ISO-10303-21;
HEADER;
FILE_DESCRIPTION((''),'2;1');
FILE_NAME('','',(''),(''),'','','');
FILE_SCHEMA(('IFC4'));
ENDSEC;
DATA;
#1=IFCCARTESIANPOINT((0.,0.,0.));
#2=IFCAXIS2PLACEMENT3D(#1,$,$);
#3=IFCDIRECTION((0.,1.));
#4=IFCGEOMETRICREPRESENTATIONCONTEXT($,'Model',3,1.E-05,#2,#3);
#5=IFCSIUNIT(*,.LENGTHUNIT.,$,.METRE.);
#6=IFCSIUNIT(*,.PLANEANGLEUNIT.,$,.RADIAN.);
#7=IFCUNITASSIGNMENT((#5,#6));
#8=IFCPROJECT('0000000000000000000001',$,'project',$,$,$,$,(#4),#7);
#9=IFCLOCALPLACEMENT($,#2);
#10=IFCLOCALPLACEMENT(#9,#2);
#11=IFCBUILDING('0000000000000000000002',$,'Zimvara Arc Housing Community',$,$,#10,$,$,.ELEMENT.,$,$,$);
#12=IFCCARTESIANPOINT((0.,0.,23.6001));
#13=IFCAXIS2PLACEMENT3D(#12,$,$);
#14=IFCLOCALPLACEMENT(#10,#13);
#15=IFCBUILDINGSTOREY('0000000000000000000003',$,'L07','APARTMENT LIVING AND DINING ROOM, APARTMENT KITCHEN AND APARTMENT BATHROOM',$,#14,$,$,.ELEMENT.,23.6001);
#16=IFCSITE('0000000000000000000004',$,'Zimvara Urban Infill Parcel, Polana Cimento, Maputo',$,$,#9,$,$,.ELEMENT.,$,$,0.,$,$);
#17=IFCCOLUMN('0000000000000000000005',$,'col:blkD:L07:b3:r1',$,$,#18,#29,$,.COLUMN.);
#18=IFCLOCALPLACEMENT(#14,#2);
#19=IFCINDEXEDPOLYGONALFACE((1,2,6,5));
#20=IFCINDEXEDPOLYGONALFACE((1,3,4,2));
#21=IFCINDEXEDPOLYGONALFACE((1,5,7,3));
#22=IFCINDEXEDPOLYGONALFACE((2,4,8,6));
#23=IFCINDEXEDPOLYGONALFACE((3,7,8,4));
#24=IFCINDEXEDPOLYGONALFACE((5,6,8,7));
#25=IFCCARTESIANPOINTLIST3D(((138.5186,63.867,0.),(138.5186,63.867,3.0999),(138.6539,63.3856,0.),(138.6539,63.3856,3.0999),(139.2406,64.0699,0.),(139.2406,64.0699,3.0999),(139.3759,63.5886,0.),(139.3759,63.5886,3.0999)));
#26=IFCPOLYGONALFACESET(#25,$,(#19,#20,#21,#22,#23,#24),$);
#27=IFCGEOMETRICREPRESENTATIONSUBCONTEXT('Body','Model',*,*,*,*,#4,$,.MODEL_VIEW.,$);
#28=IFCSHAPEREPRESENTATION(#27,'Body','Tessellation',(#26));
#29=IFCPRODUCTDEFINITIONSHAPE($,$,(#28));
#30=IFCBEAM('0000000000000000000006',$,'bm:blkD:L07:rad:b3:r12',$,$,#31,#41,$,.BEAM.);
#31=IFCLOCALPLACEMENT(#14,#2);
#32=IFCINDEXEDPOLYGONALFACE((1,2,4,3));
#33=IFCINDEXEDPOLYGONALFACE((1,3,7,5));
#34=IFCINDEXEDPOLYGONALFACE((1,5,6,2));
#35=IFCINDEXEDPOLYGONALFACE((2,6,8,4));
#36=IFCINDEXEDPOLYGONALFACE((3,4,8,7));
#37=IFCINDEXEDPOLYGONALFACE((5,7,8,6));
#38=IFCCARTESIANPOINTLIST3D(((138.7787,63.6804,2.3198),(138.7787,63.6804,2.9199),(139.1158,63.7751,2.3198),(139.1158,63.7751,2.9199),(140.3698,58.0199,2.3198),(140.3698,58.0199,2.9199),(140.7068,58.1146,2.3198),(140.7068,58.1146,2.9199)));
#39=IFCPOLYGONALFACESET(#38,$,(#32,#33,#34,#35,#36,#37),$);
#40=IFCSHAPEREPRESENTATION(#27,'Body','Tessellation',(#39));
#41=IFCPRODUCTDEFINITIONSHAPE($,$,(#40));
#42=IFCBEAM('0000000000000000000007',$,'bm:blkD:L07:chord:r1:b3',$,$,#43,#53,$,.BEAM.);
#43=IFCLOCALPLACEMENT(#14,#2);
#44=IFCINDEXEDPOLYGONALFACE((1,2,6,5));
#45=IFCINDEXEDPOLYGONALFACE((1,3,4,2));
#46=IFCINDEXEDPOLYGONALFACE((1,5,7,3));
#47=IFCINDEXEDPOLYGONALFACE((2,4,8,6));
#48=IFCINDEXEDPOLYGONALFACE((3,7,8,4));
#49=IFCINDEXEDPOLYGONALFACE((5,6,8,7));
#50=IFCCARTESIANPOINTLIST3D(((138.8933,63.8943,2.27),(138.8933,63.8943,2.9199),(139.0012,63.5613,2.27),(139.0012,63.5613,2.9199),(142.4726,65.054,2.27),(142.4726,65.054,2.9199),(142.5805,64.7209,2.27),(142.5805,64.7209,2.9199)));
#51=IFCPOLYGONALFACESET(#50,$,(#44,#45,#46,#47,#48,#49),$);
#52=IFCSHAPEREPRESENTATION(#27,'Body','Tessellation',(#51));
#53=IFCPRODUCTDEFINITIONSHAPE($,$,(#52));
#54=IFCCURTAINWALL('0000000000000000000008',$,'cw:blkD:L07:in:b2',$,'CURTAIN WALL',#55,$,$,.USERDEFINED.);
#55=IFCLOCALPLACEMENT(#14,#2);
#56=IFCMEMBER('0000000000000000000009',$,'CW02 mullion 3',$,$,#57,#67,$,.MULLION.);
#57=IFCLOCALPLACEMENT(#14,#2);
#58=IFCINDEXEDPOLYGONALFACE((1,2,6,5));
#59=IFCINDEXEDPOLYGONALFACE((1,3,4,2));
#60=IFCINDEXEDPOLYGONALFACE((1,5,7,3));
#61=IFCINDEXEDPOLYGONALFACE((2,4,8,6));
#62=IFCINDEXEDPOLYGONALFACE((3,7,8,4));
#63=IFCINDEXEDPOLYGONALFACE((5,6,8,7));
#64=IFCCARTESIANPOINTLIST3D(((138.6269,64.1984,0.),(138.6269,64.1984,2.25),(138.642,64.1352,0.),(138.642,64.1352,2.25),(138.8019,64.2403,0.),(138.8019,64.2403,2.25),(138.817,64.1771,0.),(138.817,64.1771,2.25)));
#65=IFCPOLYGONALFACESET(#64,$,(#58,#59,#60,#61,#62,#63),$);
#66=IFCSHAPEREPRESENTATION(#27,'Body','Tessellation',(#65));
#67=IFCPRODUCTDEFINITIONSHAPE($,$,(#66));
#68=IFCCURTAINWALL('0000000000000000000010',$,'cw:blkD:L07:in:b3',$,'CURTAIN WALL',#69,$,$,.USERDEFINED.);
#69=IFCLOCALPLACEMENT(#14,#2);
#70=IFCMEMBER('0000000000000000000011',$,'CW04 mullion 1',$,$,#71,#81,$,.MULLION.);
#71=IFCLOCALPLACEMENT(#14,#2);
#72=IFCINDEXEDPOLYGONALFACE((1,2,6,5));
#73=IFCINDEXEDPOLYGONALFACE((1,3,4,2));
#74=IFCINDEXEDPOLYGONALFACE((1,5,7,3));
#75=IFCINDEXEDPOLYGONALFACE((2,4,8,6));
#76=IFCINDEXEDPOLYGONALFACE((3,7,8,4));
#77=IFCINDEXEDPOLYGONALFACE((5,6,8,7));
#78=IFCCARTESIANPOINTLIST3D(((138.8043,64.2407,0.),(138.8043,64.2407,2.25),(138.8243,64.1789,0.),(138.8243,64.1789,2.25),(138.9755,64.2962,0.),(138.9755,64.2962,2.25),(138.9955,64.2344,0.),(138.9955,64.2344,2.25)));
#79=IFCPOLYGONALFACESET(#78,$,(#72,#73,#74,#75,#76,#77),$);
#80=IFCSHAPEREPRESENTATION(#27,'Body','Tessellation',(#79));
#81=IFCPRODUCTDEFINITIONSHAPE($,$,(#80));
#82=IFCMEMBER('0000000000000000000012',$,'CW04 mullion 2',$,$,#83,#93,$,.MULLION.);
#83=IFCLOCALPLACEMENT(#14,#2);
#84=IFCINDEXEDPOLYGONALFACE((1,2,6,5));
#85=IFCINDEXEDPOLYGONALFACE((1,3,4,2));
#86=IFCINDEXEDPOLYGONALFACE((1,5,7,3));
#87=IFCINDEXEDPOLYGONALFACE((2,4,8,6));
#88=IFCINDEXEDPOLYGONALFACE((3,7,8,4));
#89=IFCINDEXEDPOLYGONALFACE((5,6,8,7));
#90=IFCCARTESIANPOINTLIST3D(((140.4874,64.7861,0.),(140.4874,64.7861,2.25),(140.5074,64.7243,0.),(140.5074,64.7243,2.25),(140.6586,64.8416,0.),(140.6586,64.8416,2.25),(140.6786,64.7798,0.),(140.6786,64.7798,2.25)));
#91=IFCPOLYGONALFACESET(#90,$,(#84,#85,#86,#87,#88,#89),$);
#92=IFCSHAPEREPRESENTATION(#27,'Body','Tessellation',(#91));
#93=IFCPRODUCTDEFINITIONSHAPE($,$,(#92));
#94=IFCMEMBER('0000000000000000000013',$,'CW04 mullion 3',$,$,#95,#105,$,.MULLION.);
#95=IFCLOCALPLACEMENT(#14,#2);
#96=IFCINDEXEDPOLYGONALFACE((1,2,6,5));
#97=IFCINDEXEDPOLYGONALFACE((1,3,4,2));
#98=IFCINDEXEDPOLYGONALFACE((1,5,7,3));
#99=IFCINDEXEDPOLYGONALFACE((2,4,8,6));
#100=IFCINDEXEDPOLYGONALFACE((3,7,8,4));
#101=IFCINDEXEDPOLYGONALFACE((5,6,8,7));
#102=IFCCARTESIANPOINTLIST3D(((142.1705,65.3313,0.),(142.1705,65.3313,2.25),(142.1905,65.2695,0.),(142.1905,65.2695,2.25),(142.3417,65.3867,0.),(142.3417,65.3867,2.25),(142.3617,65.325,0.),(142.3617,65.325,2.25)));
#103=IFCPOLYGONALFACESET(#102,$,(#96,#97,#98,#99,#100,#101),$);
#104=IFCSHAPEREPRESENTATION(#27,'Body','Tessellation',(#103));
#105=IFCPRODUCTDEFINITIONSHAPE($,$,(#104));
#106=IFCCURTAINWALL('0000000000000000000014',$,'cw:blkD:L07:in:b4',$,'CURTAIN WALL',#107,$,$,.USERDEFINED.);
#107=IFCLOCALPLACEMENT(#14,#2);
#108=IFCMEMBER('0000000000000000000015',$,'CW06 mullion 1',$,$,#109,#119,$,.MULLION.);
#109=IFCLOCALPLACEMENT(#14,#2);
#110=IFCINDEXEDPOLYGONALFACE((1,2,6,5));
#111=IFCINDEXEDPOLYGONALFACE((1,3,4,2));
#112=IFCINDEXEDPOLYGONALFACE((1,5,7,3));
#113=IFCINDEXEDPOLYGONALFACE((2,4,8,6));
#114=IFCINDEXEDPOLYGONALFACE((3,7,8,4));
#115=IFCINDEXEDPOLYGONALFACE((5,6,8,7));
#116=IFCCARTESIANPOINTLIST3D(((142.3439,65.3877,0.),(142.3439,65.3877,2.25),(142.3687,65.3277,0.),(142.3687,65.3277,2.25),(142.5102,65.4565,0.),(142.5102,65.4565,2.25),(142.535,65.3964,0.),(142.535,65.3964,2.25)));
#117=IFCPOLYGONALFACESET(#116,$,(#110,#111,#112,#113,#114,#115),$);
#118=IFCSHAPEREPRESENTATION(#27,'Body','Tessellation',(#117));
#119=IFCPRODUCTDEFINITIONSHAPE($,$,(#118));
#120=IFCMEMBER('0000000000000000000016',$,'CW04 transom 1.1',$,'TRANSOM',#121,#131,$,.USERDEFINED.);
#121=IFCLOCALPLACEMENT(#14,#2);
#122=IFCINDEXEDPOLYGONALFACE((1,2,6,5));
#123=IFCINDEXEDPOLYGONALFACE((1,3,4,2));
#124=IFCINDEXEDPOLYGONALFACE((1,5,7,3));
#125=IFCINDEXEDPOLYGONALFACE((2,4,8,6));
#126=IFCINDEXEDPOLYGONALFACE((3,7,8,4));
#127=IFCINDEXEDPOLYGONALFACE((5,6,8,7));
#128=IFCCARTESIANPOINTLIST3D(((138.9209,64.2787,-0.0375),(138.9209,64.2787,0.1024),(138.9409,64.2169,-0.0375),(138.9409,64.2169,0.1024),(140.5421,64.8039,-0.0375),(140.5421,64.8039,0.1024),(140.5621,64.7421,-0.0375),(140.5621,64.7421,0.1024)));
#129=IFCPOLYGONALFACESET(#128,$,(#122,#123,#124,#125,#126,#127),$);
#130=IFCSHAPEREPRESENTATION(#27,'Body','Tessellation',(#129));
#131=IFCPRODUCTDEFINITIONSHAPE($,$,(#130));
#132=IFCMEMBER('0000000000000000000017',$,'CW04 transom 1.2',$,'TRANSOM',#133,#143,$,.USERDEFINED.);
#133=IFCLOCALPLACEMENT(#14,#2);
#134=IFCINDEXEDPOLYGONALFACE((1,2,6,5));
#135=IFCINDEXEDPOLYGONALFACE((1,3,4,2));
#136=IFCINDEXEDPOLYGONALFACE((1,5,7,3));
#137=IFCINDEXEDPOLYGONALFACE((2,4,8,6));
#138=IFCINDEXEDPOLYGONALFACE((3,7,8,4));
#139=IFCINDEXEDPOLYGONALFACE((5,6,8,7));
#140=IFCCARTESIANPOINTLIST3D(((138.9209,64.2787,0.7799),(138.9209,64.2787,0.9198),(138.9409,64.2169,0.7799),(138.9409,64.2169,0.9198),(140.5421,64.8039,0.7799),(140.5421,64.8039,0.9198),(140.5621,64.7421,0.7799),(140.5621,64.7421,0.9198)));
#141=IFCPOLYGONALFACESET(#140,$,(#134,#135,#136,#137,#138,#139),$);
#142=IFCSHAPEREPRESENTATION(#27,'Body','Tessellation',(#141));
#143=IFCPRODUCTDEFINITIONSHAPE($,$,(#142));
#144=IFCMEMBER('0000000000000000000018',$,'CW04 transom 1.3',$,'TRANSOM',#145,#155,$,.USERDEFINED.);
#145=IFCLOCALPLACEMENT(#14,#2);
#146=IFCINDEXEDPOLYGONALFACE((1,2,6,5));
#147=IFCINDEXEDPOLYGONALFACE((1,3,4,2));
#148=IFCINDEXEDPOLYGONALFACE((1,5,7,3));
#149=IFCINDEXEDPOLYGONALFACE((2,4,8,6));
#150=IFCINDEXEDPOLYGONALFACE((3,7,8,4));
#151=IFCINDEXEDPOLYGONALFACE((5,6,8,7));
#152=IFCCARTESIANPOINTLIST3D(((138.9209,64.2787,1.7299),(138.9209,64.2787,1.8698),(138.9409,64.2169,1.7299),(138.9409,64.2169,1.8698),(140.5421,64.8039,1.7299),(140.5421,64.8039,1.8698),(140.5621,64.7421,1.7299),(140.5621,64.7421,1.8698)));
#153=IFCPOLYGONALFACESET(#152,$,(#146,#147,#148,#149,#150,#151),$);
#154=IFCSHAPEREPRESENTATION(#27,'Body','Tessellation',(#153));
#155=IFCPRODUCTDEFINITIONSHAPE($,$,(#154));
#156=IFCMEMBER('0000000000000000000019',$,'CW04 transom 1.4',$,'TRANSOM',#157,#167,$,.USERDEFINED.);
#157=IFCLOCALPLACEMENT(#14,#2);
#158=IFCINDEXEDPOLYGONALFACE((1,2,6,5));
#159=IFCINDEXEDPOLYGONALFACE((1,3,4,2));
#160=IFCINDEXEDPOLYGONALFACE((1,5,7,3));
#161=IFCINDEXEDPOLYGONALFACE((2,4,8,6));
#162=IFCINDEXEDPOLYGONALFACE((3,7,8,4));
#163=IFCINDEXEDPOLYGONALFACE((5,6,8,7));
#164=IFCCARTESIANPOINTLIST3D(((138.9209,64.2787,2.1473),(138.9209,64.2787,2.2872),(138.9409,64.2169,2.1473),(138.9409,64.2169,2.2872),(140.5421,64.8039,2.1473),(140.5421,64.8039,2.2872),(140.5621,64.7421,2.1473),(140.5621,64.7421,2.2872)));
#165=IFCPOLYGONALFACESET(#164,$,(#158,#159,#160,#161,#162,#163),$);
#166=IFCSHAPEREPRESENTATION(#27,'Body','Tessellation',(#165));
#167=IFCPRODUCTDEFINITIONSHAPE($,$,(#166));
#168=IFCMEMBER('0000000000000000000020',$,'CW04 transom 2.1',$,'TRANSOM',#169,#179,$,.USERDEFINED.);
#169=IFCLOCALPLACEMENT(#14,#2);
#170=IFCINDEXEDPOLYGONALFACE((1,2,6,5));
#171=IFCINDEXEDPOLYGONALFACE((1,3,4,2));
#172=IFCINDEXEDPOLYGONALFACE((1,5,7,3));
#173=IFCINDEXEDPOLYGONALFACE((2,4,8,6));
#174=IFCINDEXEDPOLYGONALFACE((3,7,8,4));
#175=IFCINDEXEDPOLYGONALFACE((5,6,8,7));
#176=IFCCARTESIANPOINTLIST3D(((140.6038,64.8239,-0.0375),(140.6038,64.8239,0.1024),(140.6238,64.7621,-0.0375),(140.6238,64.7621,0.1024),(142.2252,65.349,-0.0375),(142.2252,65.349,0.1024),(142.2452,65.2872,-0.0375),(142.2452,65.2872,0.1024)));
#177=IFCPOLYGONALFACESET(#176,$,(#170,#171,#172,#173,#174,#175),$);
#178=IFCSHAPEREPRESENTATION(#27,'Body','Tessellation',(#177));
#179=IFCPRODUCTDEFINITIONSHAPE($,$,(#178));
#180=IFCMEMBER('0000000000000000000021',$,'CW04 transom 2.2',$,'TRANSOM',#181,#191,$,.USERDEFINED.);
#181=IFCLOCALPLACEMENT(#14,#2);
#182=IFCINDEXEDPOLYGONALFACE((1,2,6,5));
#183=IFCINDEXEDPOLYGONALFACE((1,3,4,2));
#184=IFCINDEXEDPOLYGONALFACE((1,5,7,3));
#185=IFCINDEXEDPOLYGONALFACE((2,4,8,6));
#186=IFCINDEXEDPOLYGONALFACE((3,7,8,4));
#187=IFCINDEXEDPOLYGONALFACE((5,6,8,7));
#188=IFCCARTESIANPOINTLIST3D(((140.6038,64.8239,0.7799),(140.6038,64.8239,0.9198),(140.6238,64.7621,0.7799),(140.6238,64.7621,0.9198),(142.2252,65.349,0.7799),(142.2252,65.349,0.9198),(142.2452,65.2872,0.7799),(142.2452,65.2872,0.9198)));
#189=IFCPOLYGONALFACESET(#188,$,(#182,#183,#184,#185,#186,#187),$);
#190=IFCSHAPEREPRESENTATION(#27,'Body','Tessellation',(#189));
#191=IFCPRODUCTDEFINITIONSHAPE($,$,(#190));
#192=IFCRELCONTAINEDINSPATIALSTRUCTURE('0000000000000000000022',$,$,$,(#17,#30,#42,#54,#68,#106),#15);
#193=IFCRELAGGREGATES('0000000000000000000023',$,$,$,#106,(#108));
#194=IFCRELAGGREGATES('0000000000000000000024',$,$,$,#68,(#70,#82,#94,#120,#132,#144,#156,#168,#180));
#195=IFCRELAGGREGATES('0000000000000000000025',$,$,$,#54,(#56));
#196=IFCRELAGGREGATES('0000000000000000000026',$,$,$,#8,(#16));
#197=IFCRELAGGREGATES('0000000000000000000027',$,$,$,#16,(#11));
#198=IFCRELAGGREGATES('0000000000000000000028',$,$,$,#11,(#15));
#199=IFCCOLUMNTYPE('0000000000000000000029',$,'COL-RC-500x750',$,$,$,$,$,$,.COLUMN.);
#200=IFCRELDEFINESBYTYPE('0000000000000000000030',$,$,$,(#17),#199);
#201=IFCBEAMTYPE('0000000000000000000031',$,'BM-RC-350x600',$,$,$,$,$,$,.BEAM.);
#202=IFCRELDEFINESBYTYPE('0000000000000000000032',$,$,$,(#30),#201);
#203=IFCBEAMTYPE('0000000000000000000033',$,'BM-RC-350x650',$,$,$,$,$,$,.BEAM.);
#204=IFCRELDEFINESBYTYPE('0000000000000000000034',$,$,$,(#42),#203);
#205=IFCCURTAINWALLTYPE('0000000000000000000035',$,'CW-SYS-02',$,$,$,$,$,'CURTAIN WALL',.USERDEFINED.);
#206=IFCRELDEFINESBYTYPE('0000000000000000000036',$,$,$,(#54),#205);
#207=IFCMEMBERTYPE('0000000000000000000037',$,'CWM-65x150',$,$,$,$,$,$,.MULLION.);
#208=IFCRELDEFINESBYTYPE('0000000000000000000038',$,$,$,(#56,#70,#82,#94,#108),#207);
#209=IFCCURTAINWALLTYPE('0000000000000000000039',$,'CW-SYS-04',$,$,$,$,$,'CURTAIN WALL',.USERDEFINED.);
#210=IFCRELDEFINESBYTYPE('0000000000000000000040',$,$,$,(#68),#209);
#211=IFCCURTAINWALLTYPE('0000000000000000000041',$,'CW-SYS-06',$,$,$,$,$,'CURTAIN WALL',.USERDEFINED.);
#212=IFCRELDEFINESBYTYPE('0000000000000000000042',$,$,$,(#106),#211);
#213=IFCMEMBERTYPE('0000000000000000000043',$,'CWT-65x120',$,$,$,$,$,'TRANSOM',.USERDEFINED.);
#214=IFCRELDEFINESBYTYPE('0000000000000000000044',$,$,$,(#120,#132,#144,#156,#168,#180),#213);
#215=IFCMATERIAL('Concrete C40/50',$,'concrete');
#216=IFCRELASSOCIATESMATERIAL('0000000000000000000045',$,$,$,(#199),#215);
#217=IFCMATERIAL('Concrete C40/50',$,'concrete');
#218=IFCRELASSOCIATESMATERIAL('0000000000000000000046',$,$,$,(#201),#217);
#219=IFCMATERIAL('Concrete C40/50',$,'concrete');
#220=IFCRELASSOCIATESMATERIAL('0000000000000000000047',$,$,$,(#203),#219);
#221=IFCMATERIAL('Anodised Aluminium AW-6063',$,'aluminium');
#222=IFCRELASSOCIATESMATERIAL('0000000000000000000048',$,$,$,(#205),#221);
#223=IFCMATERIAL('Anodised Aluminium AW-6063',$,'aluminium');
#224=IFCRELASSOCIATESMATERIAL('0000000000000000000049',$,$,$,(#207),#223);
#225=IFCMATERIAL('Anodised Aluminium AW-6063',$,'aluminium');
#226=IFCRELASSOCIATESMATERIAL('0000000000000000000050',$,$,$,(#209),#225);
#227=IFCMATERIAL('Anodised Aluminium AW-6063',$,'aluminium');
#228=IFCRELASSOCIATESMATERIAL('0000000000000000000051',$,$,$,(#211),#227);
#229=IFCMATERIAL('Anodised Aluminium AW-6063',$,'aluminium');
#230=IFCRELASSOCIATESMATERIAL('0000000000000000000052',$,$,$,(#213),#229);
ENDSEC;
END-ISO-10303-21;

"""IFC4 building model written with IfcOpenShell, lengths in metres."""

from ifc_helpers import new_model, si_unit, direction, frame, origin, origin_2d, place, context, subcontext, project, spatial, rectangle, extrude, material, material_profile, profile_set, type_object, element, aggregate, save


model = new_model("IFC4")

# Units and contexts
model_context = context("Model", 3, precision=1e-05, world=origin(), true_north=direction((0.0, 1.0)))
body_context = subcontext(model_context, "Body", "Model", "MODEL_VIEW")
ifc_project = project(units=[si_unit("LENGTHUNIT", "METRE"), si_unit("PLANEANGLEUNIT", "RADIAN")], contexts=[model_context])

# Site, building, storey
site_placement = place(None, origin())
site = spatial("IfcSite", under=ifc_project, at=site_placement, Name="Zimvara Urban Infill Parcel, Polana Cimento, Maputo", CompositionType="ELEMENT", RefElevation=0.0)
building_placement = place(site_placement, origin())
building = spatial("IfcBuilding", under=site, at=building_placement, Name="Zimvara Arc Housing Community", CompositionType="ELEMENT")
storey_placement = place(building_placement, frame((0.0, 0.0, 23.6001)))
storey = spatial("IfcBuildingStorey", under=building, at=storey_placement, Name="L07", Description="APARTMENT LIVING AND DINING ROOM, APARTMENT KITCHEN AND APARTMENT BATHROOM", CompositionType="ELEMENT", Elevation=23.6001)

# Column
ifc_material_1 = material(Name="Concrete C40/50", Category="concrete")
ifc_material_profile_1 = material_profile(ifc_material_1, rectangle(XDim=0.5, YDim=0.75, at=origin_2d()), Name="RC 500x750")
ifc_profile_set_1 = profile_set([ifc_material_profile_1], Name="Concrete C40/50")
column_type = type_object("IfcColumnType", Name="COL-RC-500x750", PredefinedType="COLUMN", material=ifc_profile_set_1)
column_placement = place(storey_placement, frame((138.9473, 63.7278, 0.0), z_axis=(0.0, 0.0, 1.0), x_axis=(0.2706, -0.962692, 0.0)))
element("IfcColumn", 1, at=column_placement, inside=storey, type_object=column_type, Name="col:blkD:L07:b3:r1", PredefinedType="COLUMN", context=body_context, shape_type="SweptSolid", body=[
    extrude(rectangle(XDim=0.5, YDim=0.75, at=origin_2d()), origin(), (0.0, 0.0, 1.0), 3.0999),
])

# Beams
ifc_material_2 = material(Name="Concrete C40/50", Category="concrete")
ifc_material_profile_2 = material_profile(ifc_material_2, rectangle(XDim=0.3501, YDim=0.6001, at=origin_2d()), Name="RC 350x600")
ifc_profile_set_2 = profile_set([ifc_material_profile_2], Name="Concrete C40/50")
beam_type_1 = type_object("IfcBeamType", Name="BM-RC-350x600", PredefinedType="BEAM", material=ifc_profile_set_2)
beam_1_placement = place(storey_placement, frame((138.9473, 63.7278, 2.6199), z_axis=(0.270589, -0.962695, 0.0), x_axis=(0.962695, 0.270589, 0.0)))
element("IfcBeam", 2, at=beam_1_placement, inside=storey, type_object=beam_type_1, Name="bm:blkD:L07:rad:b3:r12", PredefinedType="BEAM", context=body_context, shape_type="SweptSolid", body=[
    extrude(rectangle(XDim=0.3501, YDim=0.6001, at=origin_2d()), origin(), (0.0, 0.0, 1.0), 5.8799),
])
ifc_material_3 = material(Name="Concrete C40/50", Category="concrete")
ifc_material_profile_3 = material_profile(ifc_material_3, rectangle(XDim=0.3501, YDim=0.6499, at=origin_2d()), Name="RC 350x650")
ifc_profile_set_3 = profile_set([ifc_material_profile_3], Name="Concrete C40/50")
beam_type_2 = type_object("IfcBeamType", Name="BM-RC-350x650", PredefinedType="BEAM", material=ifc_profile_set_3)
beam_2_placement = place(storey_placement, frame((138.9473, 63.7278, 2.595), z_axis=(0.951316, 0.308216, 0.0), x_axis=(-0.308216, 0.951316, 0.0)))
element("IfcBeam", 3, at=beam_2_placement, inside=storey, type_object=beam_type_2, Name="bm:blkD:L07:chord:r1:b3", PredefinedType="BEAM", context=body_context, shape_type="SweptSolid", body=[
    extrude(rectangle(XDim=0.3501, YDim=0.6499, at=origin_2d()), origin(), (0.0, 0.0, 1.0), 3.7625),
])

# Curtain wall, member
ifc_material_4 = material(Name="Anodised Aluminium AW-6063", Category="aluminium")
curtain_wall_type_1 = type_object("IfcCurtainWallType", Name="CW-SYS-02", ElementType="CURTAIN WALL", PredefinedType="USERDEFINED", material=ifc_material_4)
curtain_wall_1_placement = place(storey_placement, origin())
curtain_wall_1 = element("IfcCurtainWall", 4, at=curtain_wall_1_placement, inside=storey, type_object=curtain_wall_type_1, Name="cw:blkD:L07:in:b2", ObjectType="CURTAIN WALL", PredefinedType="USERDEFINED")
ifc_material_5 = material(Name="Anodised Aluminium AW-6063", Category="aluminium")
ifc_material_profile_4 = material_profile(ifc_material_5, rectangle(XDim=0.0649, YDim=0.1799, at=origin_2d()), Name="ALU 65x180")
ifc_profile_set_4 = profile_set([ifc_material_profile_4], Name="Anodised Aluminium AW-6063")
member_type_1 = type_object("IfcMemberType", Name="CWM-65x150", PredefinedType="MULLION", material=ifc_profile_set_4)
member_1_placement = place(storey_placement, frame((138.7219, 64.1877, 0.0), z_axis=(0.0, 0.0, 1.0), x_axis=(-0.232597, 0.972573, 0.0)))
member_1 = element("IfcMember", 5, at=member_1_placement, type_object=member_type_1, Name="CW02 mullion 3", PredefinedType="MULLION", context=body_context, shape_type="SweptSolid", body=[
    extrude(rectangle(XDim=0.0649, YDim=0.1799, at=origin_2d()), origin(), (0.0, 0.0, 1.0), 2.25),
])

# Curtain wall, members
ifc_material_6 = material(Name="Anodised Aluminium AW-6063", Category="aluminium")
curtain_wall_type_2 = type_object("IfcCurtainWallType", Name="CW-SYS-04", ElementType="CURTAIN WALL", PredefinedType="USERDEFINED", material=ifc_material_6)
curtain_wall_2_placement = place(storey_placement, origin())
curtain_wall_2 = element("IfcCurtainWall", 6, at=curtain_wall_2_placement, inside=storey, type_object=curtain_wall_type_2, Name="cw:blkD:L07:in:b3", ObjectType="CURTAIN WALL", PredefinedType="USERDEFINED")
member_2_placement = place(storey_placement, frame((138.8999, 64.2375, 0.0), z_axis=(0.0, 0.0, 1.0), x_axis=(-0.308187, 0.951326, 0.0)))
member_2 = element("IfcMember", 7, at=member_2_placement, type_object=member_type_1, Name="CW04 mullion 1", PredefinedType="MULLION", context=body_context, shape_type="SweptSolid", body=[
    extrude(rectangle(XDim=0.0649, YDim=0.1799, at=origin_2d()), origin(), (0.0, 0.0, 1.0), 2.25),
])
member_3_placement = place(storey_placement, frame((140.583, 64.783, 0.0), z_axis=(0.0, 0.0, 1.0), x_axis=(-0.308187, 0.951326, 0.0)))
member_3 = element("IfcMember", 8, at=member_3_placement, type_object=member_type_1, Name="CW04 mullion 2", PredefinedType="MULLION", context=body_context, shape_type="SweptSolid", body=[
    extrude(rectangle(XDim=0.0649, YDim=0.1799, at=origin_2d()), origin(), (0.0, 0.0, 1.0), 2.25),
])
member_4_placement = place(storey_placement, frame((142.2661, 65.3281, 0.0), z_axis=(0.0, 0.0, 1.0), x_axis=(-0.308187, 0.951326, 0.0)))
member_4 = element("IfcMember", 9, at=member_4_placement, type_object=member_type_1, Name="CW04 mullion 3", PredefinedType="MULLION", context=body_context, shape_type="SweptSolid", body=[
    extrude(rectangle(XDim=0.0649, YDim=0.1799, at=origin_2d()), origin(), (0.0, 0.0, 1.0), 2.25),
])

# Curtain wall, member
ifc_material_7 = material(Name="Anodised Aluminium AW-6063", Category="aluminium")
curtain_wall_type_3 = type_object("IfcCurtainWallType", Name="CW-SYS-06", ElementType="CURTAIN WALL", PredefinedType="USERDEFINED", material=ifc_material_7)
curtain_wall_3_placement = place(storey_placement, origin())
curtain_wall_3 = element("IfcCurtainWall", 10, at=curtain_wall_3_placement, inside=storey, type_object=curtain_wall_type_3, Name="cw:blkD:L07:in:b4", ObjectType="CURTAIN WALL", PredefinedType="USERDEFINED")
member_5_placement = place(storey_placement, frame((142.4395, 65.3921, 0.0), z_axis=(0.0, 0.0, 1.0), x_axis=(-0.381878, 0.924213, 0.0)))
member_5 = element("IfcMember", 11, at=member_5_placement, type_object=member_type_1, Name="CW06 mullion 1", PredefinedType="MULLION", context=body_context, shape_type="SweptSolid", body=[
    extrude(rectangle(XDim=0.0649, YDim=0.1799, at=origin_2d()), origin(), (0.0, 0.0, 1.0), 2.25),
])
aggregate(curtain_wall_3, [member_5])

# Members
ifc_material_8 = material(Name="Anodised Aluminium AW-6063", Category="aluminium")
ifc_material_profile_5 = material_profile(ifc_material_8, rectangle(XDim=0.0649, YDim=0.1399, at=origin_2d()), Name="ALU 65x140")
ifc_profile_set_5 = profile_set([ifc_material_profile_5], Name="Anodised Aluminium AW-6063")
member_type_2 = type_object("IfcMemberType", Name="CWT-65x120", ElementType="TRANSOM", PredefinedType="USERDEFINED", material=ifc_profile_set_5)
member_6_placement = place(storey_placement, frame((138.9309, 64.2478, 0.0325), z_axis=(0.951328, 0.308179, 0.0), x_axis=(-0.308179, 0.951328, 0.0)))
member_6 = element("IfcMember", 12, at=member_6_placement, type_object=member_type_2, Name="CW04 transom 1.1", ObjectType="TRANSOM", PredefinedType="USERDEFINED", context=body_context, shape_type="SweptSolid", body=[
    extrude(rectangle(XDim=0.0649, YDim=0.1399, at=origin_2d()), origin(), (0.0, 0.0, 1.0), 1.7041),
])
member_7_placement = place(storey_placement, frame((138.9309, 64.2478, 0.8499), z_axis=(0.951328, 0.308179, 0.0), x_axis=(-0.308179, 0.951328, 0.0)))
member_7 = element("IfcMember", 13, at=member_7_placement, type_object=member_type_2, Name="CW04 transom 1.2", ObjectType="TRANSOM", PredefinedType="USERDEFINED", context=body_context, shape_type="SweptSolid", body=[
    extrude(rectangle(XDim=0.0649, YDim=0.1399, at=origin_2d()), origin(), (0.0, 0.0, 1.0), 1.7041),
])
member_8_placement = place(storey_placement, frame((138.9309, 64.2478, 1.7998), z_axis=(0.951328, 0.308179, 0.0), x_axis=(-0.308179, 0.951328, 0.0)))
member_8 = element("IfcMember", 14, at=member_8_placement, type_object=member_type_2, Name="CW04 transom 1.3", ObjectType="TRANSOM", PredefinedType="USERDEFINED", context=body_context, shape_type="SweptSolid", body=[
    extrude(rectangle(XDim=0.0649, YDim=0.1399, at=origin_2d()), origin(), (0.0, 0.0, 1.0), 1.7041),
])
member_9_placement = place(storey_placement, frame((138.9309, 64.2478, 2.2173), z_axis=(0.951328, 0.308179, 0.0), x_axis=(-0.308179, 0.951328, 0.0)))
member_9 = element("IfcMember", 15, at=member_9_placement, type_object=member_type_2, Name="CW04 transom 1.4", ObjectType="TRANSOM", PredefinedType="USERDEFINED", context=body_context, shape_type="SweptSolid", body=[
    extrude(rectangle(XDim=0.0649, YDim=0.1399, at=origin_2d()), origin(), (0.0, 0.0, 1.0), 1.7041),
])
member_10_placement = place(storey_placement, frame((140.6138, 64.793, 0.0325), z_axis=(0.951342, 0.308137, 0.0), x_axis=(-0.308137, 0.951342, 0.0)))
member_10 = element("IfcMember", 16, at=member_10_placement, type_object=member_type_2, Name="CW04 transom 2.1", ObjectType="TRANSOM", PredefinedType="USERDEFINED", context=body_context, shape_type="SweptSolid", body=[
    extrude(rectangle(XDim=0.0649, YDim=0.1399, at=origin_2d()), origin(), (0.0, 0.0, 1.0), 1.7043),
])
member_11_placement = place(storey_placement, frame((140.6138, 64.793, 0.8499), z_axis=(0.951342, 0.308137, 0.0), x_axis=(-0.308137, 0.951342, 0.0)))
member_11 = element("IfcMember", 17, at=member_11_placement, type_object=member_type_2, Name="CW04 transom 2.2", ObjectType="TRANSOM", PredefinedType="USERDEFINED", context=body_context, shape_type="SweptSolid", body=[
    extrude(rectangle(XDim=0.0649, YDim=0.1399, at=origin_2d()), origin(), (0.0, 0.0, 1.0), 1.7043),
])

aggregate(curtain_wall_2, [member_2, member_3, member_4, member_6, member_7, member_8, member_9, member_10, member_11])
aggregate(curtain_wall_1, [member_1])

save(model, "model.ifc")
